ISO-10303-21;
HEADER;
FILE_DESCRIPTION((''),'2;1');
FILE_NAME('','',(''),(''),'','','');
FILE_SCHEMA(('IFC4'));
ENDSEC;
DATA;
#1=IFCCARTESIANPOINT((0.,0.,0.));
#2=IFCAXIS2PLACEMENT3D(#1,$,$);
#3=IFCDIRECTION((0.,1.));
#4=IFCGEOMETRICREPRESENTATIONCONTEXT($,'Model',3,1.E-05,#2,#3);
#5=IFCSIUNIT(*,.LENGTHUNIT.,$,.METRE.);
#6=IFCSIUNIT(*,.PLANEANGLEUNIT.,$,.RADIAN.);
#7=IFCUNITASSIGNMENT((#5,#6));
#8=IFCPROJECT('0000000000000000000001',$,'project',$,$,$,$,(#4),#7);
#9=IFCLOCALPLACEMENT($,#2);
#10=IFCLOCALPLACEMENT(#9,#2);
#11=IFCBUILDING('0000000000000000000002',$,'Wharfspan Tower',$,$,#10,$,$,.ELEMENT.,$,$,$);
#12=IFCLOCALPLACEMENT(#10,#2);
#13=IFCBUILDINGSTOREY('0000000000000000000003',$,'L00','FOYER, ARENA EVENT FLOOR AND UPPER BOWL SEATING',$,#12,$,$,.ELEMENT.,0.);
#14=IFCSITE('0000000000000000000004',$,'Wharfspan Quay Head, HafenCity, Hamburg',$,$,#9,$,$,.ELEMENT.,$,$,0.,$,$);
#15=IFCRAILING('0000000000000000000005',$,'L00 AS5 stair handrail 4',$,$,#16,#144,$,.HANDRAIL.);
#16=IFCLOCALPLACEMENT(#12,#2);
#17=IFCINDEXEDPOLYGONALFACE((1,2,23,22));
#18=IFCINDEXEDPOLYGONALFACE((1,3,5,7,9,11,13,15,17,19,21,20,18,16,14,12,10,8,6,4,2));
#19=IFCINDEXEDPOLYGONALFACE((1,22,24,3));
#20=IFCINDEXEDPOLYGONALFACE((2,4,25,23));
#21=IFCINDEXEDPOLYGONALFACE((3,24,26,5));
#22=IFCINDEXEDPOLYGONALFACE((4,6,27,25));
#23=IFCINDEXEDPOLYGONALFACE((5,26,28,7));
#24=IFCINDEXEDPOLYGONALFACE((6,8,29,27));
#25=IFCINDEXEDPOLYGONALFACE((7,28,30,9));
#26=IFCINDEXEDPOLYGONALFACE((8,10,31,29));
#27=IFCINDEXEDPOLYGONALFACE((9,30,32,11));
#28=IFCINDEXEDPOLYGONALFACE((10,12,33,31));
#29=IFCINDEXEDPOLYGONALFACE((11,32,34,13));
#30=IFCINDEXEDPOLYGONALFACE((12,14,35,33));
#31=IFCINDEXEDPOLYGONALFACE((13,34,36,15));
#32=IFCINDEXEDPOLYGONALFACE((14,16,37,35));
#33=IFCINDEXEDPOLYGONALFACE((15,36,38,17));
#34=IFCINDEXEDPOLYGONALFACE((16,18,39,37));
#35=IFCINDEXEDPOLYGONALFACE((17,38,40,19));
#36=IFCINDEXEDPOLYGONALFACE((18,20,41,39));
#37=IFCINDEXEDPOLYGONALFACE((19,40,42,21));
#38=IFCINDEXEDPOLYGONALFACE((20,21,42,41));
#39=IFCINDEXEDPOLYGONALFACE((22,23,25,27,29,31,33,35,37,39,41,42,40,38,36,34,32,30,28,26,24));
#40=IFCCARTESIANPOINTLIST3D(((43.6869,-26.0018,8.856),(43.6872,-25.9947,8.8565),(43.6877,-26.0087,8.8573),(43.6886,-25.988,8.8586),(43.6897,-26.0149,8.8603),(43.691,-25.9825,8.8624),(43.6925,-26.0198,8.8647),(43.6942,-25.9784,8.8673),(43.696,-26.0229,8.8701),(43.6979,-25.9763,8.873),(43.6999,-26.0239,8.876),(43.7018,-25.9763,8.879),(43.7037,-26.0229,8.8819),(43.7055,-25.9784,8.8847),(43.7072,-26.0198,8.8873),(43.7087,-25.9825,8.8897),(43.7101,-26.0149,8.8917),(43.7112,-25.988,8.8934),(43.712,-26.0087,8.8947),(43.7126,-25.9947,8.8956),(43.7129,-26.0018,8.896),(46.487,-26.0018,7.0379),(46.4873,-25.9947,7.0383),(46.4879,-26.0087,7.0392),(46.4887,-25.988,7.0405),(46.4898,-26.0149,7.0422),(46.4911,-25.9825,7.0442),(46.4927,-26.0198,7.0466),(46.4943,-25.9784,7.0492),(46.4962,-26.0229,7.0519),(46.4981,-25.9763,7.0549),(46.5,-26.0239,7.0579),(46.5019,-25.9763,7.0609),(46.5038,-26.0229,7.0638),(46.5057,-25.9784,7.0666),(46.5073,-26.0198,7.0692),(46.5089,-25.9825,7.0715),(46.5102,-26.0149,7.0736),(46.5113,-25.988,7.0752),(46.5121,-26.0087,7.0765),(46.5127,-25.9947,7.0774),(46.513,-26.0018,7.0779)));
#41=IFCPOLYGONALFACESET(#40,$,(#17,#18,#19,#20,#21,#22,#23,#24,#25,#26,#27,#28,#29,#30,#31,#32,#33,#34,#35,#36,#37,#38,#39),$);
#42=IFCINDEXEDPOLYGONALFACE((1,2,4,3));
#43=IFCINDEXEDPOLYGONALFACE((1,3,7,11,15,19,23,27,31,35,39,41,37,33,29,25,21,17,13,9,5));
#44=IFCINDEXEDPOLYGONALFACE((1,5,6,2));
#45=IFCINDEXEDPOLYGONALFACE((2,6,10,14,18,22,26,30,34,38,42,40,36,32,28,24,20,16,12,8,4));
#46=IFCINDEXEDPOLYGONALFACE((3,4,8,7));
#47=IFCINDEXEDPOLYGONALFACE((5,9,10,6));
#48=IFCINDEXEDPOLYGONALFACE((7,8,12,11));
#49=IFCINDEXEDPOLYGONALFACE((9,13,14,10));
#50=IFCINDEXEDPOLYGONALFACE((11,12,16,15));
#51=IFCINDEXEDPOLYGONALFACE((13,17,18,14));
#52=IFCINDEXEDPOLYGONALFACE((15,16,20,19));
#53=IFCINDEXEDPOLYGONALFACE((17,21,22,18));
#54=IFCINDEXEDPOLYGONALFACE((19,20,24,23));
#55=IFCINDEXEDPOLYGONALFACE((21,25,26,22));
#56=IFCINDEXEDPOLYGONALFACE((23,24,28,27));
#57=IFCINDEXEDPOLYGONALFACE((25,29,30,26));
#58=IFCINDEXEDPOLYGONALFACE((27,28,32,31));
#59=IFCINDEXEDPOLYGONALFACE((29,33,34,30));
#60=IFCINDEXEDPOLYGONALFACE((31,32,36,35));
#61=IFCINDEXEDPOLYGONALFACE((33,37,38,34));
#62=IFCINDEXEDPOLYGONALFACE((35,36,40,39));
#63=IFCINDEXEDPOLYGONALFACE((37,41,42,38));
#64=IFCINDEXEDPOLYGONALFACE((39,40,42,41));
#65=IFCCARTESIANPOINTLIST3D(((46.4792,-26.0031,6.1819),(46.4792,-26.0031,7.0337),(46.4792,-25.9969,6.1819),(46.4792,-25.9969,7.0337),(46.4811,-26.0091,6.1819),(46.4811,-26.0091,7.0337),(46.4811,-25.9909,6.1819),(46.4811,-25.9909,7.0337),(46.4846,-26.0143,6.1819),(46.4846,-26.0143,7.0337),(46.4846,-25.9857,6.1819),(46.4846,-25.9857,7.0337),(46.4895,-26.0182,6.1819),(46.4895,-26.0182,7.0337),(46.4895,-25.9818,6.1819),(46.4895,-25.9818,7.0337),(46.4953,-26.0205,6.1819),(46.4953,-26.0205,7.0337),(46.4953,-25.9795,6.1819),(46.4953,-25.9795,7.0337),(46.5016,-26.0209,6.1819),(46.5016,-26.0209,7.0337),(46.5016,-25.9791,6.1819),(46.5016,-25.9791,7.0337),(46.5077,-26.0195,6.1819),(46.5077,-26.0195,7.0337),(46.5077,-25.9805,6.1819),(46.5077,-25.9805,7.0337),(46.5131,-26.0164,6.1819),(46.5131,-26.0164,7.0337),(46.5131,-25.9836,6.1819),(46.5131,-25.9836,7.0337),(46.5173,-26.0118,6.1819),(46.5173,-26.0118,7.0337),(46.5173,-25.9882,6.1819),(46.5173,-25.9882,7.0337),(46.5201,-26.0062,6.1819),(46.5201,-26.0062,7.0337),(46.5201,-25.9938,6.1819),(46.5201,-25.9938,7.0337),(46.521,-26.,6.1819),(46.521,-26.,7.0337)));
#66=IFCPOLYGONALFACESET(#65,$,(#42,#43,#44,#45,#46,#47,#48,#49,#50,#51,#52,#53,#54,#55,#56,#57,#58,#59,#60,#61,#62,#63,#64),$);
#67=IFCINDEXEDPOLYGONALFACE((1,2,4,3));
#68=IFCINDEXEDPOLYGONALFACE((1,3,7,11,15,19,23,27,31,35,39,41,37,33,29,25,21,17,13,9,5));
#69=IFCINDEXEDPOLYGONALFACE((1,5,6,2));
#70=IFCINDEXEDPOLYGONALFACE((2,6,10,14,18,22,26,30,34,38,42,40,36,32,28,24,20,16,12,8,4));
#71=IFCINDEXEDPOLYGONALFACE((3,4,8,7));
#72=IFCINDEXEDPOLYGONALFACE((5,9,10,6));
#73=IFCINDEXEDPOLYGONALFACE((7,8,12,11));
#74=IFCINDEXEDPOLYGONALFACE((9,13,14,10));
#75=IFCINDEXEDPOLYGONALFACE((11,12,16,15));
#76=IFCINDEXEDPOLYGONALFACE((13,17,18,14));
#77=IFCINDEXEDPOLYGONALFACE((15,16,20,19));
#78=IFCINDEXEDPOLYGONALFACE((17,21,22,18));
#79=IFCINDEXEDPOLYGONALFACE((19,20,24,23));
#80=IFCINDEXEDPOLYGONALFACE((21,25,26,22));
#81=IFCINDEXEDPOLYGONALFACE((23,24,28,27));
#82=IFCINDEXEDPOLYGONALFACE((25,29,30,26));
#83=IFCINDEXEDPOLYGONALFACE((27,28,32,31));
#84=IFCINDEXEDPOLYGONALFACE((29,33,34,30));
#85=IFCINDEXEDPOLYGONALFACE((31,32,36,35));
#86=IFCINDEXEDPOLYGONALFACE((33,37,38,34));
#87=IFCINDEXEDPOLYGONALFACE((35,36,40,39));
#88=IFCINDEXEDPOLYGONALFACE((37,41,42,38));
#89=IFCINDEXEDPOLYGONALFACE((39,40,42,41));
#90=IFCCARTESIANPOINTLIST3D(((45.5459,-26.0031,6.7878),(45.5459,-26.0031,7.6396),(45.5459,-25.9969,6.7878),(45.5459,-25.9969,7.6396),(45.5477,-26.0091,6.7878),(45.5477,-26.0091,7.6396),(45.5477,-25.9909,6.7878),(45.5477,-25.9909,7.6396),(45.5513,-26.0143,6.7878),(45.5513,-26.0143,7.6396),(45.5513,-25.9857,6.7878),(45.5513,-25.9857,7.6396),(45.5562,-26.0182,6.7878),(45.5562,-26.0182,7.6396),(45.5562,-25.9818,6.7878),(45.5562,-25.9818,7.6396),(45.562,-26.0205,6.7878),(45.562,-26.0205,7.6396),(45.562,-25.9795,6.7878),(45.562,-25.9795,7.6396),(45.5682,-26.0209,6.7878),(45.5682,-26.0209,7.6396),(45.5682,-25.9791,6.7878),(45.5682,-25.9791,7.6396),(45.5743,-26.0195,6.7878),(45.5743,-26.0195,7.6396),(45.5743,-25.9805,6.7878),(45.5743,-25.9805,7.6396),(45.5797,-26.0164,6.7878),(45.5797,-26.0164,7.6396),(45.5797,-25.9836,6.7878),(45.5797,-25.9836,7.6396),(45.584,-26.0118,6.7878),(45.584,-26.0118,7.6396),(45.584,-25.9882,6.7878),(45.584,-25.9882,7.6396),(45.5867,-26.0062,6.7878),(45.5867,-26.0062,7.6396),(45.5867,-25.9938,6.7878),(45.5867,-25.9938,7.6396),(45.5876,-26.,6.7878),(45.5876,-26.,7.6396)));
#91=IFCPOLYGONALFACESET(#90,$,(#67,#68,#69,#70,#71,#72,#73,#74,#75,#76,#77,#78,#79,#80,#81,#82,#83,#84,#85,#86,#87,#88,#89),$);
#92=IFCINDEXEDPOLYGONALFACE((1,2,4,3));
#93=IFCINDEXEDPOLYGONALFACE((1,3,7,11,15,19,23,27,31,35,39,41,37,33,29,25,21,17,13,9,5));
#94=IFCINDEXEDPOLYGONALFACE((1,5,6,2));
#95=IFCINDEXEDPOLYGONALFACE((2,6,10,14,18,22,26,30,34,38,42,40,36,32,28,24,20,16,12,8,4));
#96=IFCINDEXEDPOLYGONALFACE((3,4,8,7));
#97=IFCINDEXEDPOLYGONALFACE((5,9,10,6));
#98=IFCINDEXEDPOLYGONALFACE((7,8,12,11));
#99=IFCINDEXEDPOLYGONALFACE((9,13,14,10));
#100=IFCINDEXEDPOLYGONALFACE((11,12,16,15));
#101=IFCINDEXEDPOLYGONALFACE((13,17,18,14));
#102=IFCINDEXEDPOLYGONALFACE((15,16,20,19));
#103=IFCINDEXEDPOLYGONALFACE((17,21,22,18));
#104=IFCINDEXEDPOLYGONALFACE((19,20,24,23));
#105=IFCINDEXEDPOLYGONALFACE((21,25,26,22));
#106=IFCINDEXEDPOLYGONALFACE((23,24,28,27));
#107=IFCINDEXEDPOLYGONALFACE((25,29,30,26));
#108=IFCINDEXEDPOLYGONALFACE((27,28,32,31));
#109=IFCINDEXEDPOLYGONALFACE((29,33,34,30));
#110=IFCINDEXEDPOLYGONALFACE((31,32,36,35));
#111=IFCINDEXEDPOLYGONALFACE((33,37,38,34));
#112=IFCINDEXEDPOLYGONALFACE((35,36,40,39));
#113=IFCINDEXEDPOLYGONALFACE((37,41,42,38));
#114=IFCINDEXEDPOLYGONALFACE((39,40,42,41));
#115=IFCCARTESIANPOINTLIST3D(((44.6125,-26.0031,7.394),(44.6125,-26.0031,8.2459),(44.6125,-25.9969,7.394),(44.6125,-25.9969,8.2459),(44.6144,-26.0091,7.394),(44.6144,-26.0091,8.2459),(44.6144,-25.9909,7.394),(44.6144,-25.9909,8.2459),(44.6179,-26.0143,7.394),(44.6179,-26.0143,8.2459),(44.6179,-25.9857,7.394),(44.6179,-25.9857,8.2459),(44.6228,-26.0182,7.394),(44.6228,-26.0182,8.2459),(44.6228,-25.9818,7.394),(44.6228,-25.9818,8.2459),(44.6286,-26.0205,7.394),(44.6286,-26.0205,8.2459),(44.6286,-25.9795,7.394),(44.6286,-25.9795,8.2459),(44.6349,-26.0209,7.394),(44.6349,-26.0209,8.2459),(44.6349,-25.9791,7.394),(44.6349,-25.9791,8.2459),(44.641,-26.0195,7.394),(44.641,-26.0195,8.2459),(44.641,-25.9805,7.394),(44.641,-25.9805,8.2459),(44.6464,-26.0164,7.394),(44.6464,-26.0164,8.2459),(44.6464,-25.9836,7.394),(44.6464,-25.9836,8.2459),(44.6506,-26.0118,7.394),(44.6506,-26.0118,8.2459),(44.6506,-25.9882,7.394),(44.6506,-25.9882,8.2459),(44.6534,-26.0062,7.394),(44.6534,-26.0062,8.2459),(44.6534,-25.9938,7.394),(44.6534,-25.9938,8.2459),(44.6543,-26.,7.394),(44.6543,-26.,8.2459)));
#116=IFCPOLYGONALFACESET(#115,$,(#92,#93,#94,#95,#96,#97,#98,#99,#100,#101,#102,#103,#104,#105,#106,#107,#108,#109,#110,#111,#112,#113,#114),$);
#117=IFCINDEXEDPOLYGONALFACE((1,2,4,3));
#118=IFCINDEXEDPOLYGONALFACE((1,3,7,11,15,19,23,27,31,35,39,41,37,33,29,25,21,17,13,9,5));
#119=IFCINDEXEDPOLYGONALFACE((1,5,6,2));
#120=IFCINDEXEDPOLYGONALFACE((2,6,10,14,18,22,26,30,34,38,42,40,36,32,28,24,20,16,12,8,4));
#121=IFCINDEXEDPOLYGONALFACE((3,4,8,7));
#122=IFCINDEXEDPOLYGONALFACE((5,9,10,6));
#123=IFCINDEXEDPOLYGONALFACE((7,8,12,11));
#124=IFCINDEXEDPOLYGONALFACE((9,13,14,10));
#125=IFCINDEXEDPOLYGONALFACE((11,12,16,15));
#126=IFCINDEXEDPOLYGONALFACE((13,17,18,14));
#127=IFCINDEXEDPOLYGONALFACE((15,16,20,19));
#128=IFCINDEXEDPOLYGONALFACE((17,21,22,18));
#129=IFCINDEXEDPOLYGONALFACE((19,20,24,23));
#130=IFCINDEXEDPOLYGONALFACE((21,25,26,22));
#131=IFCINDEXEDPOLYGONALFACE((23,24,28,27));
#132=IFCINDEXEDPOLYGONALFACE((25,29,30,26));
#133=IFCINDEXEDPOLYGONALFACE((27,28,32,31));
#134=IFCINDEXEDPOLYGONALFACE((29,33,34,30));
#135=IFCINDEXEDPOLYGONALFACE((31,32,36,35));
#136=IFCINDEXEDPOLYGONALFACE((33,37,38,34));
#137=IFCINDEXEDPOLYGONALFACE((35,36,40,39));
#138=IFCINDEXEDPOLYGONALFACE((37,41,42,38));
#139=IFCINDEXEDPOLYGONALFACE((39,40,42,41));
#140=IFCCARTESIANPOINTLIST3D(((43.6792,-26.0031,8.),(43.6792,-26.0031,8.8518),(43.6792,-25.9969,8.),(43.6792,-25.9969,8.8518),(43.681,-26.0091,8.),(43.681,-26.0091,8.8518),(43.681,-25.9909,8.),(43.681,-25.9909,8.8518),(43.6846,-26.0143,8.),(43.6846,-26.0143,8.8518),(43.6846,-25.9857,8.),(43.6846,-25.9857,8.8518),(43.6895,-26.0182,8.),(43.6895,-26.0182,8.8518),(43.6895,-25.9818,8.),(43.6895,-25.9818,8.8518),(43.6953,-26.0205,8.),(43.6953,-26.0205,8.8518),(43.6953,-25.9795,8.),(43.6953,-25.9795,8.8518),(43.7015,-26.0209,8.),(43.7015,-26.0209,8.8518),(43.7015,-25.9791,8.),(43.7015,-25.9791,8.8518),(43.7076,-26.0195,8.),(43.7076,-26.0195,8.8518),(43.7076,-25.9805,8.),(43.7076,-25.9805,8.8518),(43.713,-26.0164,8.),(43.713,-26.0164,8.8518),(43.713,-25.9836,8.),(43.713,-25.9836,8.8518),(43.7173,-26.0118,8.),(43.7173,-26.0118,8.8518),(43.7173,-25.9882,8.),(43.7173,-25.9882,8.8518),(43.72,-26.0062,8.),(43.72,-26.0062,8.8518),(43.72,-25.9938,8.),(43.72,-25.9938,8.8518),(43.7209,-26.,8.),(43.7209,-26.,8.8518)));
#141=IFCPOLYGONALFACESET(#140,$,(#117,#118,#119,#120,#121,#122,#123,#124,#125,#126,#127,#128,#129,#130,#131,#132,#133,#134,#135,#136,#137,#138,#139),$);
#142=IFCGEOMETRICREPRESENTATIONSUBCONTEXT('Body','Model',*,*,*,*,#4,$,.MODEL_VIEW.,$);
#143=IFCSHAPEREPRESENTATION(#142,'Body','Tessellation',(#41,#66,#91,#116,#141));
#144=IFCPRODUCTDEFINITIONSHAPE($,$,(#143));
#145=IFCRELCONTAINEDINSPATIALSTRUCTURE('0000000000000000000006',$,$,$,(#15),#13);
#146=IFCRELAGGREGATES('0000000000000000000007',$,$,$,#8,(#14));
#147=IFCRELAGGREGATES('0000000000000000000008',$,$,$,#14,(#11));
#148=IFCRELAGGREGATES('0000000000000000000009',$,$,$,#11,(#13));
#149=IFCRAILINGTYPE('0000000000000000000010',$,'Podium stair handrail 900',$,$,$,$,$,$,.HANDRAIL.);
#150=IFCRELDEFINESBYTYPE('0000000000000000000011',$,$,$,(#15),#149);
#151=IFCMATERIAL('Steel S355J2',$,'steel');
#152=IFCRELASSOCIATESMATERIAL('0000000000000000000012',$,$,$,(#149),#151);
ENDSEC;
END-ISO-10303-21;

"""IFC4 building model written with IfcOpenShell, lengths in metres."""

from ifc_helpers import new_model, si_unit, direction, frame, origin, origin_2d, place, context, subcontext, project, spatial, circle, extrude, material, type_object, element, save


model = new_model("IFC4")

# Units and contexts
model_context = context("Model", 3, precision=1e-05, world=origin(), true_north=direction((0.0, 1.0)))
body_context = subcontext(model_context, "Body", "Model", "MODEL_VIEW")
ifc_project = project(units=[si_unit("LENGTHUNIT", "METRE"), si_unit("PLANEANGLEUNIT", "RADIAN")], contexts=[model_context])

# Site, building, storey
site_placement = place(None, origin())
site = spatial("IfcSite", under=ifc_project, at=site_placement, Name="Wharfspan Quay Head, HafenCity, Hamburg", CompositionType="ELEMENT", RefElevation=0.0)
building_placement = place(site_placement, origin())
building = spatial("IfcBuilding", under=site, at=building_placement, Name="Wharfspan Tower", CompositionType="ELEMENT")
storey_placement = place(building_placement, origin())
storey = spatial("IfcBuildingStorey", under=building, at=storey_placement, Name="L00", Description="FOYER, ARENA EVENT FLOOR AND UPPER BOWL SEATING", CompositionType="ELEMENT", Elevation=0.0)

# Railing
ifc_material_1 = material(Name="Steel S355J2", Category="steel")
railing_type_1 = type_object("IfcRailingType", Name="Podium stair handrail 900", PredefinedType="HANDRAIL", material=ifc_material_1)
railing_1_placement = place(storey_placement, frame((46.5, -26.0, 6.1819)))
element("IfcRailing", 1, at=railing_1_placement, inside=storey, type_object=railing_type_1, Name="L00 AS5 stair handrail 4", PredefinedType="HANDRAIL", context=body_context, shape_type="SweptSolid", body=[
    extrude(circle(Radius=0.0239, at=origin_2d()), frame((0.0, 0.0, 0.876), z_axis=(-0.838706, 0.0, 0.544585), x_axis=(0.0, -1.0, 0.0)), (0.0, 0.0, 1.0), 3.3386),
    extrude(circle(Radius=0.021, at=origin_2d()), origin(), (0.0, 0.0, 1.0), 0.8518),
    extrude(circle(Radius=0.021, at=origin_2d()), frame((-0.9334, 0.0, 0.606)), (0.0, 0.0, 1.0), 0.8518),
    extrude(circle(Radius=0.021, at=origin_2d()), frame((-1.8667, 0.0, 1.2122)), (0.0, 0.0, 1.0), 0.8518),
    extrude(circle(Radius=0.021, at=origin_2d()), frame((-2.8, 0.0, 1.8181)), (0.0, 0.0, 1.0), 0.8518),
])

save(model, "model.ifc")
